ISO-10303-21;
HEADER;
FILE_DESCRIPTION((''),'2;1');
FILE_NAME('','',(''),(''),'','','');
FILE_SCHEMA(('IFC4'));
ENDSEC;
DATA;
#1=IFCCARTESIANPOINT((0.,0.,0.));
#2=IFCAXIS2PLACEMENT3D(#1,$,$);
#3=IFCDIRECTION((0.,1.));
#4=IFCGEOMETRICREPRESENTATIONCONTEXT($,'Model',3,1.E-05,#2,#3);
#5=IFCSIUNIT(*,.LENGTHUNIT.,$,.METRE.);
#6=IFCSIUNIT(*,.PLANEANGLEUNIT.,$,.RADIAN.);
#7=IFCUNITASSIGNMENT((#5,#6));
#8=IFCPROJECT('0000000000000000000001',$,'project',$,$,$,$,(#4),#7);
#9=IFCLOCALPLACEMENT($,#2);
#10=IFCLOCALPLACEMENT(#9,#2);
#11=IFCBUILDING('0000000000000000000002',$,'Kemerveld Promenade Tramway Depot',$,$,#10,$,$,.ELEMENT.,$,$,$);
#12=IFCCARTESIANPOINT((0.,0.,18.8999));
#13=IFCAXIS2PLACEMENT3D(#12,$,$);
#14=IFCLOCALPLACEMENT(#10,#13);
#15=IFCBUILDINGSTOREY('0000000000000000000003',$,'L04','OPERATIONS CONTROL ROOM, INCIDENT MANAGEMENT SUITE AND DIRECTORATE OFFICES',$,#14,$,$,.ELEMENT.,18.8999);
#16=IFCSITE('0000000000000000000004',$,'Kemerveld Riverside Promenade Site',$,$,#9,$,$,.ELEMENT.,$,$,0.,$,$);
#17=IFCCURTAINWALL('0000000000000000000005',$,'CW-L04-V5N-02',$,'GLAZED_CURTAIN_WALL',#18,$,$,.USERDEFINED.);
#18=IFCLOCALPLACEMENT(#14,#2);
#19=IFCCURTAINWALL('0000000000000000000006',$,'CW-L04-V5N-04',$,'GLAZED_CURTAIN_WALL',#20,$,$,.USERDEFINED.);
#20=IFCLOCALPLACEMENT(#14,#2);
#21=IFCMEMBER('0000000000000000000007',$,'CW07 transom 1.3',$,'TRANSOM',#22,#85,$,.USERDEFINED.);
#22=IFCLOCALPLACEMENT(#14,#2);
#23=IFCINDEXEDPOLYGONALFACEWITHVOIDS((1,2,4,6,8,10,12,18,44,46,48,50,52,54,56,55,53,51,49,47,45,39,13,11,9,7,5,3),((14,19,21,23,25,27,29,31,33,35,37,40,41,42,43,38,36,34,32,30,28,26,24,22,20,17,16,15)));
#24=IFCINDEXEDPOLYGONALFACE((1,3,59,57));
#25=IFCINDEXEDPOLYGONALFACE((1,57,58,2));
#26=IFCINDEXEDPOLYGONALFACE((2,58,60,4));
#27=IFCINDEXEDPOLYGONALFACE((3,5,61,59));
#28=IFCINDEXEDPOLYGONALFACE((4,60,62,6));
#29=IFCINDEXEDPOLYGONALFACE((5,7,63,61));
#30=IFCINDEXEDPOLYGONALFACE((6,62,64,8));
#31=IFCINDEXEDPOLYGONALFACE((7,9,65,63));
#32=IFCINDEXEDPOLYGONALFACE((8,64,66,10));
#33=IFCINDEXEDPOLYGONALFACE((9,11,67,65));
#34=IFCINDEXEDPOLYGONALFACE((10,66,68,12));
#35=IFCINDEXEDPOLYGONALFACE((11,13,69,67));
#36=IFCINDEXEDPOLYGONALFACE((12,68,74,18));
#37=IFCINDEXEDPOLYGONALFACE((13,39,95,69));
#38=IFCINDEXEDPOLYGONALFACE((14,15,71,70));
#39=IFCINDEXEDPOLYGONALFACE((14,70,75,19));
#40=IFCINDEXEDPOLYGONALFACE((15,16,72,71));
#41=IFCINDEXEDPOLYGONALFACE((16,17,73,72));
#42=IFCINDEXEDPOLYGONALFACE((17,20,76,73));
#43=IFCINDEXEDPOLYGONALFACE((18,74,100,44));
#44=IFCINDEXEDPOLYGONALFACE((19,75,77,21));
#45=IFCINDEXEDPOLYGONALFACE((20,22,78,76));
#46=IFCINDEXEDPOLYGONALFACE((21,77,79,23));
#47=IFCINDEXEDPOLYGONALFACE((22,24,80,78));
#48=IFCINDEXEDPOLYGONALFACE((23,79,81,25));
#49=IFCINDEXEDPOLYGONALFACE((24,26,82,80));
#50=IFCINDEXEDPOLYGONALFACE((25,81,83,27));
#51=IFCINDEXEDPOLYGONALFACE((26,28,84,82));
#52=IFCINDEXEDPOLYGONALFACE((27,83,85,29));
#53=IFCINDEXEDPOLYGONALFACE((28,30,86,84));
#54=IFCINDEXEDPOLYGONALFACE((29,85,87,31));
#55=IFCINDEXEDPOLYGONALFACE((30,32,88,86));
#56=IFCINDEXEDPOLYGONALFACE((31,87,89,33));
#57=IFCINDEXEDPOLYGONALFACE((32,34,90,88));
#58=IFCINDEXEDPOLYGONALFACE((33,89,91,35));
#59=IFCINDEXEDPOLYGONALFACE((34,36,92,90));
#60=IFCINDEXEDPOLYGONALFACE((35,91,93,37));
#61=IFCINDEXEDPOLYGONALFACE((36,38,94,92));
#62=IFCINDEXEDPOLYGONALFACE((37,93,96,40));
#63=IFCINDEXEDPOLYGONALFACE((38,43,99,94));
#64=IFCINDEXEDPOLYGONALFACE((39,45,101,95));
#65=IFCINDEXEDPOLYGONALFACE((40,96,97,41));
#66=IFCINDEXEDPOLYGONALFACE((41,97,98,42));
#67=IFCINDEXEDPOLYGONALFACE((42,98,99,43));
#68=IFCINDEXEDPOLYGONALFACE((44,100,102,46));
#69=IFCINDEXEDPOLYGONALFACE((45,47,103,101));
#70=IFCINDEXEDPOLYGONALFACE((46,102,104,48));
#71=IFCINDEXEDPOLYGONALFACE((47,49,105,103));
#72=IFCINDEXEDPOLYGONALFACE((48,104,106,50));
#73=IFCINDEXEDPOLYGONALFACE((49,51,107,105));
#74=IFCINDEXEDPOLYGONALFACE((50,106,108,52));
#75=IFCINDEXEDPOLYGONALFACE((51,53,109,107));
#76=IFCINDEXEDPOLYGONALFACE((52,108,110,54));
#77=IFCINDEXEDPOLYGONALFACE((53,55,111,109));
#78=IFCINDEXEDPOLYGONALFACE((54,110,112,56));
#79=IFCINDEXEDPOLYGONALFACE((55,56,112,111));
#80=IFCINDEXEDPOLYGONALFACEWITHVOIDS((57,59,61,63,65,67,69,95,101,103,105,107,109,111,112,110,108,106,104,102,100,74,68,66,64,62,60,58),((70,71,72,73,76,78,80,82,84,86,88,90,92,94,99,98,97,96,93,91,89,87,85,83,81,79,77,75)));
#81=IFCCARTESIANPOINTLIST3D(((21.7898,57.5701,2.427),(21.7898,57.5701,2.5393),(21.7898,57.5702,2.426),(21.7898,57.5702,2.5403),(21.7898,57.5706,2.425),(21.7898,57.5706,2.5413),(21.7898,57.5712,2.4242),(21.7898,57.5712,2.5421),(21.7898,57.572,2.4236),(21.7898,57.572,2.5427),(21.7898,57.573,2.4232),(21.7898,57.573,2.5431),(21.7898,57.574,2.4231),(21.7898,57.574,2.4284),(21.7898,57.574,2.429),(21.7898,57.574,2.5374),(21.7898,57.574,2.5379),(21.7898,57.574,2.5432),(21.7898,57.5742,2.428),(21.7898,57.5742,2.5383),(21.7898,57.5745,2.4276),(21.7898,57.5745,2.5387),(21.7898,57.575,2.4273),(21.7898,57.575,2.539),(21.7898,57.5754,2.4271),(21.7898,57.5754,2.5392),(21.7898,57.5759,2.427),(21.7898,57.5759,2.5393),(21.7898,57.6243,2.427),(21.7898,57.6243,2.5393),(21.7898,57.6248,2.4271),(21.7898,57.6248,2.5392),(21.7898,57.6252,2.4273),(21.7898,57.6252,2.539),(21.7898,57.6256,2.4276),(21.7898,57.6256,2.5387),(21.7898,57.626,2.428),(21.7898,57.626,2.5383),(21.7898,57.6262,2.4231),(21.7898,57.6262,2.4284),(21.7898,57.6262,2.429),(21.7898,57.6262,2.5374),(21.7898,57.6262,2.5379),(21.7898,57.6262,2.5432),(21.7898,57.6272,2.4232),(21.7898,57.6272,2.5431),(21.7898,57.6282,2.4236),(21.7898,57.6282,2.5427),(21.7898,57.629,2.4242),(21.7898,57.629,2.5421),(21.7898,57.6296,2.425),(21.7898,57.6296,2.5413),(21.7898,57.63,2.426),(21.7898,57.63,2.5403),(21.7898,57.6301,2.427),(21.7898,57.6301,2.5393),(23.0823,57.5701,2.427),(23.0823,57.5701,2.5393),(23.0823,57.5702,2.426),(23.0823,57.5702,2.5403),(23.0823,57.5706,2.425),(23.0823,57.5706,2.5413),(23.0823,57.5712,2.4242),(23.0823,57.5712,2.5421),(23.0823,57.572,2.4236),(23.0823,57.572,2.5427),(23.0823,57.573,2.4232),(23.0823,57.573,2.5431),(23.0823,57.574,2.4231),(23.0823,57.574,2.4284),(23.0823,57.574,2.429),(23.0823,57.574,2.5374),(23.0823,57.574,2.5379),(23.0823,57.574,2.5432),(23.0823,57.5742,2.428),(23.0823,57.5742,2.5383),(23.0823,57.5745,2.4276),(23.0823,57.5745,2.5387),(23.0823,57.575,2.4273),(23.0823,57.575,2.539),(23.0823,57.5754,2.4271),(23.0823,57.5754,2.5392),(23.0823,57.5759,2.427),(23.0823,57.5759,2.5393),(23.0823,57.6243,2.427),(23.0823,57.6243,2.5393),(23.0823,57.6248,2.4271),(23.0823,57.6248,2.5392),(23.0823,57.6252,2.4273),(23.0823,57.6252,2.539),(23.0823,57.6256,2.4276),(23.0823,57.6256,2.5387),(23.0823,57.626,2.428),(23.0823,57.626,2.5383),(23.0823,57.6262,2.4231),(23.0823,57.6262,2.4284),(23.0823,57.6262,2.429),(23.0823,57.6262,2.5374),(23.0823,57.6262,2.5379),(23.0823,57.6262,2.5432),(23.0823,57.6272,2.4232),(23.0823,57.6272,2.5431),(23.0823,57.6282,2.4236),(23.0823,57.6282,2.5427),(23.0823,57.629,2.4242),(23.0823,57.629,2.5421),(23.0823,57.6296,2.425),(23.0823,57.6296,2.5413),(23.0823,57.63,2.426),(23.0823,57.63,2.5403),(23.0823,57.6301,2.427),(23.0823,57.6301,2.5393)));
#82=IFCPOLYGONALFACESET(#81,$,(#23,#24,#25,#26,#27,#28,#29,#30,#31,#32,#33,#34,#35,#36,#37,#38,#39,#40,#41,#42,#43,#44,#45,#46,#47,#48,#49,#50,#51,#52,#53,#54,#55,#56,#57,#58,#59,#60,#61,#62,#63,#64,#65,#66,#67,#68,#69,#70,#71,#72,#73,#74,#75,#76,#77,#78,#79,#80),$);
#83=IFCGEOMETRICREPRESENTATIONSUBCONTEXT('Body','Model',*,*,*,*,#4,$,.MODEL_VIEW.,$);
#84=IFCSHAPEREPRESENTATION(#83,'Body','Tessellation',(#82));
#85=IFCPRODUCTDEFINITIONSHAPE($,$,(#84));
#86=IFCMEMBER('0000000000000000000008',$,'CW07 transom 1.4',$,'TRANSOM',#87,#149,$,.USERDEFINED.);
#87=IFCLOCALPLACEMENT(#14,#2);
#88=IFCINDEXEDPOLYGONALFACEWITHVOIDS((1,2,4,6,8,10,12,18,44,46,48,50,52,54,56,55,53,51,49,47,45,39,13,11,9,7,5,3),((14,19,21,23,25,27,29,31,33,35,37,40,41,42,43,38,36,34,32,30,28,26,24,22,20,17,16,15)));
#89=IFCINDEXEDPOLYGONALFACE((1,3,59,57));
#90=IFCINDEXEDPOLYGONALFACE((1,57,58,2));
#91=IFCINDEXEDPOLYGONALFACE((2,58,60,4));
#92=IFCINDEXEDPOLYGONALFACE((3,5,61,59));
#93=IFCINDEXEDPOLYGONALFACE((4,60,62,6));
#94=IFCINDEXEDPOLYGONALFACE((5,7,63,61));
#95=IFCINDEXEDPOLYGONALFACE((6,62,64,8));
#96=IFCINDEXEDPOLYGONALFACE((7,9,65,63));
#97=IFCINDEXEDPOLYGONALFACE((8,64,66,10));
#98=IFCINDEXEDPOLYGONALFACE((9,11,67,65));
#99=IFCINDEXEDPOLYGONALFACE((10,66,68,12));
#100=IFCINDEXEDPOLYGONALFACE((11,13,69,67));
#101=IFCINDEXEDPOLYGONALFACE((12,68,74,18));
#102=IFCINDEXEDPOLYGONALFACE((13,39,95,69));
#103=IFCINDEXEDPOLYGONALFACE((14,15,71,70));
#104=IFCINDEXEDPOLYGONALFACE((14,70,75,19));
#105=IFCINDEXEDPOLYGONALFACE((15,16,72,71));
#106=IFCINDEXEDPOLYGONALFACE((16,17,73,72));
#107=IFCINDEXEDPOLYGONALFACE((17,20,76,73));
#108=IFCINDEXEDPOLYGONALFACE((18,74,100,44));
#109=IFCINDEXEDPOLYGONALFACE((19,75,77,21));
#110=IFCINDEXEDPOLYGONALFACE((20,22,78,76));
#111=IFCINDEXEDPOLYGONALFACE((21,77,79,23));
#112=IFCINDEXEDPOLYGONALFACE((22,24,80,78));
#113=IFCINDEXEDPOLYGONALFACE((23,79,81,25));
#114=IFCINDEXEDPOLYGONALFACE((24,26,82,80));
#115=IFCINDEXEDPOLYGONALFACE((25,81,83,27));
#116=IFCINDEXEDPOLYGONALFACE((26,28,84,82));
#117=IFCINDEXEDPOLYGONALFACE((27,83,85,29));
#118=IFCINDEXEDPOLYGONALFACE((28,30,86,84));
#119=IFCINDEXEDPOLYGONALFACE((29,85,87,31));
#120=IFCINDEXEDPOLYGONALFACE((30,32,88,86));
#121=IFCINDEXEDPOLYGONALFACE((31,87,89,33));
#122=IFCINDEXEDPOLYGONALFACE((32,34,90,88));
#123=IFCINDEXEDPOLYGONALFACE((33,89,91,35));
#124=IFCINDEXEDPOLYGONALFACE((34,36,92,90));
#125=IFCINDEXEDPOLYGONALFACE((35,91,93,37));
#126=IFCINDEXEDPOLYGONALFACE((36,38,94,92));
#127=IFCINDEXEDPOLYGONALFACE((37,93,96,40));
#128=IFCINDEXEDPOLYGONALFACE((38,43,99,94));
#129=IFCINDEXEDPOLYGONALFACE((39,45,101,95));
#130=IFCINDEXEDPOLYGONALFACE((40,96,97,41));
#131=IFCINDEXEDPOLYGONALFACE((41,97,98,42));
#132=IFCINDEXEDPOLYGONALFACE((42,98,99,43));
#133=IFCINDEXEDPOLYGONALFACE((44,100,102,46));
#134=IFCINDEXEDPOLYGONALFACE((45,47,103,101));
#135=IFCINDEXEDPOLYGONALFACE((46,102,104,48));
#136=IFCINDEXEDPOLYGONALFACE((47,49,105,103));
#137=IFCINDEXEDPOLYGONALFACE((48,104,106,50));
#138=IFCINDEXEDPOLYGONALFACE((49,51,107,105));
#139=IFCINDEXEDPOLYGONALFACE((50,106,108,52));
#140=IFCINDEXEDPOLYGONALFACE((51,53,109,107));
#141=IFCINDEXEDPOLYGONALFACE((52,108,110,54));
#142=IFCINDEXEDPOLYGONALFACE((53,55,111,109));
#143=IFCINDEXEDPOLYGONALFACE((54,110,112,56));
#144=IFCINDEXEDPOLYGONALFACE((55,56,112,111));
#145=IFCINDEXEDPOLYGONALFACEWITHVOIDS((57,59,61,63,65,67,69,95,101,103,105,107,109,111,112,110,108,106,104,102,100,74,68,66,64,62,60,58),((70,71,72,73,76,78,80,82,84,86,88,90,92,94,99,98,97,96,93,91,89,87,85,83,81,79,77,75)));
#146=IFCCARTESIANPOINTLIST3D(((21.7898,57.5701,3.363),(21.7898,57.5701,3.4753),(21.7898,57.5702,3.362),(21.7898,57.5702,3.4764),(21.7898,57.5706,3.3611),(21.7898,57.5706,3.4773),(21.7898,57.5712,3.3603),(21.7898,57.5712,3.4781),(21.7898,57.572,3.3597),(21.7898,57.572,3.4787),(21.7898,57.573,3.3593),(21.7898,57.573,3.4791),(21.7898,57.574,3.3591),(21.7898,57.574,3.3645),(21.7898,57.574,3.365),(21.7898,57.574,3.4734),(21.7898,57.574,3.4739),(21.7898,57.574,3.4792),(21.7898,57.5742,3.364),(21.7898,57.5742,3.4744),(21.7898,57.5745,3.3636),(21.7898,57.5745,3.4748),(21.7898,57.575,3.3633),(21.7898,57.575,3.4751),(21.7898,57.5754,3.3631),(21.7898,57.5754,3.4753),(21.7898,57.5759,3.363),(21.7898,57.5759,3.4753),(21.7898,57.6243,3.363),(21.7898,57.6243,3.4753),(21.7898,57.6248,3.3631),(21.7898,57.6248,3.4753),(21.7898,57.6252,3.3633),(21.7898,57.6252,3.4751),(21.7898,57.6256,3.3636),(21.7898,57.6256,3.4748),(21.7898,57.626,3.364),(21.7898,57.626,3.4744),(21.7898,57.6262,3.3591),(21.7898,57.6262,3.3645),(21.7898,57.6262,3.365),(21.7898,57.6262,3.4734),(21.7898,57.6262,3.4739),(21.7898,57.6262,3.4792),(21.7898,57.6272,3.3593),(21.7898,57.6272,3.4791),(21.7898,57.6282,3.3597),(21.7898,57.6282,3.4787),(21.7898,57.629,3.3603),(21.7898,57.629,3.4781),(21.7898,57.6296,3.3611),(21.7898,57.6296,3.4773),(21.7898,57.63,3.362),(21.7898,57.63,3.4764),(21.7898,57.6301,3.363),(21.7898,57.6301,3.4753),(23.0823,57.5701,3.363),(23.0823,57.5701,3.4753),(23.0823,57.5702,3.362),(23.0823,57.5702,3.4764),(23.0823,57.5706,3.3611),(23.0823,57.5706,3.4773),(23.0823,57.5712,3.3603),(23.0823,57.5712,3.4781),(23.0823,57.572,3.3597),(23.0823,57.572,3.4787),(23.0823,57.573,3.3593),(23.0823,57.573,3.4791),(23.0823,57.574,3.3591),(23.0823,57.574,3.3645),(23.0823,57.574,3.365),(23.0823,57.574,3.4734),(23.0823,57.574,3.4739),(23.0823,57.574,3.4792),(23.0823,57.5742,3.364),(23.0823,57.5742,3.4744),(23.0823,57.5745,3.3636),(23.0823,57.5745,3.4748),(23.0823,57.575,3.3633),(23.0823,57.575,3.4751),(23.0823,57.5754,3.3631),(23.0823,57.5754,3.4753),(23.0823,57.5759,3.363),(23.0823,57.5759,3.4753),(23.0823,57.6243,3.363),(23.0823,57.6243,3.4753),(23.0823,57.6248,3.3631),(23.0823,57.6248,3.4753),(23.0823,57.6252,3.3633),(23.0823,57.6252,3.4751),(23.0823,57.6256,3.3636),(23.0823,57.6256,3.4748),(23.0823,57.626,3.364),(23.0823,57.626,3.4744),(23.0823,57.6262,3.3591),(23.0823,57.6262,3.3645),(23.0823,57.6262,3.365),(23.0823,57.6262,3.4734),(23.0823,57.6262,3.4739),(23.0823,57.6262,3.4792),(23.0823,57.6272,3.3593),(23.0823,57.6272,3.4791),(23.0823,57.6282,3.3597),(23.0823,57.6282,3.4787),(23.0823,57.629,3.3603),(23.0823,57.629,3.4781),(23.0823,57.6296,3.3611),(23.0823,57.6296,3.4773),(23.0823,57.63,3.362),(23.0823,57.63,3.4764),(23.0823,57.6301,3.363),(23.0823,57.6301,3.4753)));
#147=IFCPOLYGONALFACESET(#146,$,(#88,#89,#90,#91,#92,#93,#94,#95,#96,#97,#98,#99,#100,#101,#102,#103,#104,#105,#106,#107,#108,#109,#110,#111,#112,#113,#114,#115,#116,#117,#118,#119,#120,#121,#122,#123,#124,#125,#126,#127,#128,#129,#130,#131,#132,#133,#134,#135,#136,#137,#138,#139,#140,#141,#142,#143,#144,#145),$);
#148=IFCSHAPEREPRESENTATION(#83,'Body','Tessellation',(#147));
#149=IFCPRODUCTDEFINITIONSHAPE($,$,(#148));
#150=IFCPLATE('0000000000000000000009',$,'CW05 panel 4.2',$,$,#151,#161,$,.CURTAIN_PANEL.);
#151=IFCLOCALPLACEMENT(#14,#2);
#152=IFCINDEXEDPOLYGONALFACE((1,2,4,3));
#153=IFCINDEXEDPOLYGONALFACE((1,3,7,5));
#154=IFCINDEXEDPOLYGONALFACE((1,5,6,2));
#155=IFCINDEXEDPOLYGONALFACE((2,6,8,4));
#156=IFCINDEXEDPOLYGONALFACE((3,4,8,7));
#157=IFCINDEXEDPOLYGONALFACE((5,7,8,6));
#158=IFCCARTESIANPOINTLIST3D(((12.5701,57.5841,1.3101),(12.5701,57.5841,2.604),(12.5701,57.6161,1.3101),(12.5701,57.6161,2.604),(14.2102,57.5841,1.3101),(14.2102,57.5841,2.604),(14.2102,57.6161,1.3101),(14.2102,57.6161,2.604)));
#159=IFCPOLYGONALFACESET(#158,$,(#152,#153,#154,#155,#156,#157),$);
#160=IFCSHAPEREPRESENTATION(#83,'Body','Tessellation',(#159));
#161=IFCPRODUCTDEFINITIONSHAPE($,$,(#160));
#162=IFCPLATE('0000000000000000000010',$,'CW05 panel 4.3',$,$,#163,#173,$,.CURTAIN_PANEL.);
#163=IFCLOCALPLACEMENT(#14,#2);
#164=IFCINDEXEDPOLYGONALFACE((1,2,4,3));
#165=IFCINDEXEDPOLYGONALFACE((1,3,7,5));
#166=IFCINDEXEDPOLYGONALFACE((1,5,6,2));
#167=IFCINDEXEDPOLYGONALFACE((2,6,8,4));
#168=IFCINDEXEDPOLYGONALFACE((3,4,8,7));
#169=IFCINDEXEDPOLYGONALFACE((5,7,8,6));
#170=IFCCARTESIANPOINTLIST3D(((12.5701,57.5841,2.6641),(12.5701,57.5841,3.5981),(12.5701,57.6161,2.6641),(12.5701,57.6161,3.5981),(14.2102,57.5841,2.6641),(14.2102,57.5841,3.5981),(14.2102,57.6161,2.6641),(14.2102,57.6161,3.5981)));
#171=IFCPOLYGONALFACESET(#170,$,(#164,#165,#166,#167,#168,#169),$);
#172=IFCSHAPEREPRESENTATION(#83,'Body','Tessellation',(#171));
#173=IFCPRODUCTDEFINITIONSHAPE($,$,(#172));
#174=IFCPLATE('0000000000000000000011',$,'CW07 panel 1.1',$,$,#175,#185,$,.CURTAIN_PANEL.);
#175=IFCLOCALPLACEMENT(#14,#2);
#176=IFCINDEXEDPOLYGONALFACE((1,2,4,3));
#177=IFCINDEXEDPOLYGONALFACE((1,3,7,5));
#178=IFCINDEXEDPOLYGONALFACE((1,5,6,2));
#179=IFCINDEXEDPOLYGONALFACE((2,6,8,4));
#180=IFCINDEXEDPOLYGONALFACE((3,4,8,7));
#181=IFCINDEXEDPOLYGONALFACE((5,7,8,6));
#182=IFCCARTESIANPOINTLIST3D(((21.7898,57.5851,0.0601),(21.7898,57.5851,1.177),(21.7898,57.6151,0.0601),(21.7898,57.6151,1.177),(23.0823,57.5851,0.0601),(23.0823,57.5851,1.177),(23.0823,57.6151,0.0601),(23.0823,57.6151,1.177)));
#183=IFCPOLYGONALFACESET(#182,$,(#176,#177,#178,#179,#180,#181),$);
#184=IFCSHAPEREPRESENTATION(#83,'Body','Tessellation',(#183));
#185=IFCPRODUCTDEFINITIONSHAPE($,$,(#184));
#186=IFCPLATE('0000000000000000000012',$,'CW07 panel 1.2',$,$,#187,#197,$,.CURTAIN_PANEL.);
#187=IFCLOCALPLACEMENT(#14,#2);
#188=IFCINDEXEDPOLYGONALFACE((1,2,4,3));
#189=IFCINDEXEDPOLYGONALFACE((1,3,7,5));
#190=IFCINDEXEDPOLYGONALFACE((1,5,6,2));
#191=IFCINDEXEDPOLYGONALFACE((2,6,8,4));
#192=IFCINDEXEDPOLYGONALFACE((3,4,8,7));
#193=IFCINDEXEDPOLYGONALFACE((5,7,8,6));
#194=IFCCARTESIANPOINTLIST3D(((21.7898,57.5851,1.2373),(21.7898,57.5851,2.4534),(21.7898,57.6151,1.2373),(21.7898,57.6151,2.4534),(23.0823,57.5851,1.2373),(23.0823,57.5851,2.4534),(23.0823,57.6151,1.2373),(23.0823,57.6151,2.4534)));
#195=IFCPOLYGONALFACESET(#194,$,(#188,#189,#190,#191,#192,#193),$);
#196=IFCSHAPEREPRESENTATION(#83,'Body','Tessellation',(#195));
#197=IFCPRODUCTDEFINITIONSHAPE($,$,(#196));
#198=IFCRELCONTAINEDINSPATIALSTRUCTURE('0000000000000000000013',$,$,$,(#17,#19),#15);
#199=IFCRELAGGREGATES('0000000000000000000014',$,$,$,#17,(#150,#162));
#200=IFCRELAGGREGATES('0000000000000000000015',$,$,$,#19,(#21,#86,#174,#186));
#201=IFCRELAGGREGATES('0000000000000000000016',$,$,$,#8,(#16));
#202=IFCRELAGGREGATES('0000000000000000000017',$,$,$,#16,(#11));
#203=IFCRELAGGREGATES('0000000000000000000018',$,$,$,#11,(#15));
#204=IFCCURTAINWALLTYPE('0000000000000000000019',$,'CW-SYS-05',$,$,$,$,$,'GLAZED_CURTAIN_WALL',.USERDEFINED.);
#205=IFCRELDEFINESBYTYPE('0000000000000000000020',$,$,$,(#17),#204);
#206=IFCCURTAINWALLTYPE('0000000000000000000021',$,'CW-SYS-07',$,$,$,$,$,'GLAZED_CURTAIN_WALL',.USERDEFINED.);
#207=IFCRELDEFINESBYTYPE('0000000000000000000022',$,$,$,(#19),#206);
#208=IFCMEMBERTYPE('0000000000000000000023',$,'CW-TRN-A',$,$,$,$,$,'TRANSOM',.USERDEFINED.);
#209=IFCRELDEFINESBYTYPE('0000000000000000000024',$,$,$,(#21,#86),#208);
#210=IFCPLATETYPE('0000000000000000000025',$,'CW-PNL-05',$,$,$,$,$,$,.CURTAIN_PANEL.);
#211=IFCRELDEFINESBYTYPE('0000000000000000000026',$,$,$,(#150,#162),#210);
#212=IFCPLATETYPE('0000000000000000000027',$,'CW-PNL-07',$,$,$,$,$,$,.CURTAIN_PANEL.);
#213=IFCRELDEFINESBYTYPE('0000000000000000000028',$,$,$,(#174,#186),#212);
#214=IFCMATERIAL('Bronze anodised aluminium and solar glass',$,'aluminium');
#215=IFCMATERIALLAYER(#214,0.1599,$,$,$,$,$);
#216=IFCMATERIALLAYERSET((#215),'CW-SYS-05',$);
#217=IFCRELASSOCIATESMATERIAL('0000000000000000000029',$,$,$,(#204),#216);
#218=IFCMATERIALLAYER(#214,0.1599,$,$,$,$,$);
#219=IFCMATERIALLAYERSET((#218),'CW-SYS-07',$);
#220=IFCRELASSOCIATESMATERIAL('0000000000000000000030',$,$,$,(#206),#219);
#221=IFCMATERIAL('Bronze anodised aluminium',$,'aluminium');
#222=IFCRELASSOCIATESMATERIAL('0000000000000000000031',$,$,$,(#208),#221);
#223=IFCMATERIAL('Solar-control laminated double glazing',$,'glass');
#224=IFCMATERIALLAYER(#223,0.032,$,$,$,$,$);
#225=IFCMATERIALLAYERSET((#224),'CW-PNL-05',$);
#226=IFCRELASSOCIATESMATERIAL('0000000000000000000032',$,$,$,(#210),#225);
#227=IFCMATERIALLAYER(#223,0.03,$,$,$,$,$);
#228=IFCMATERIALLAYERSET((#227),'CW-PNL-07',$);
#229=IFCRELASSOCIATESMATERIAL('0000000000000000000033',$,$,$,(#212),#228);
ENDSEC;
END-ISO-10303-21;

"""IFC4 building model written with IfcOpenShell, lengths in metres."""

from ifc_helpers import new_model, si_unit, direction, frame, origin, origin_2d, place, context, subcontext, project, spatial, rectangle, hollow_rectangle, extrude, material, layer, layer_set, material_profile, profile_set, type_object, element, aggregate, save


model = new_model("IFC4")

# Units and contexts
model_context = context("Model", 3, precision=1e-05, world=origin(), true_north=direction((0.0, 1.0)))
body_context = subcontext(model_context, "Body", "Model", "MODEL_VIEW")
ifc_project = project(units=[si_unit("LENGTHUNIT", "METRE"), si_unit("PLANEANGLEUNIT", "RADIAN")], contexts=[model_context])

# Site, building, storey
site_placement = place(None, origin())
site = spatial("IfcSite", under=ifc_project, at=site_placement, Name="Kemerveld Riverside Promenade Site", CompositionType="ELEMENT", RefElevation=0.0)
building_placement = place(site_placement, origin())
building = spatial("IfcBuilding", under=site, at=building_placement, Name="Kemerveld Promenade Tramway Depot", CompositionType="ELEMENT")
storey_placement = place(building_placement, frame((0.0, 0.0, 18.8999)))
storey = spatial("IfcBuildingStorey", under=building, at=storey_placement, Name="L04", Description="OPERATIONS CONTROL ROOM, INCIDENT MANAGEMENT SUITE AND DIRECTORATE OFFICES", CompositionType="ELEMENT", Elevation=18.8999)

# Curtain wall
ifc_material_1 = material(Name="Bronze anodised aluminium and solar glass", Category="aluminium")
ifc_layer_1 = layer(ifc_material_1, 0.1599)
ifc_layer_set_1 = layer_set([ifc_layer_1], Name="CW-SYS-05")
curtain_wall_type_1 = type_object("IfcCurtainWallType", Name="CW-SYS-05", ElementType="GLAZED_CURTAIN_WALL", PredefinedType="USERDEFINED", material=ifc_layer_set_1)
curtain_wall_1_placement = place(storey_placement, origin())
curtain_wall_1 = element("IfcCurtainWall", 1, at=curtain_wall_1_placement, inside=storey, type_object=curtain_wall_type_1, Name="CW-L04-V5N-02", ObjectType="GLAZED_CURTAIN_WALL", PredefinedType="USERDEFINED")
ifc_material_2 = material(Name="Bronze anodised aluminium", Category="aluminium")

# Curtain wall, members
ifc_layer_2 = layer(ifc_material_1, 0.1599)
ifc_layer_set_2 = layer_set([ifc_layer_2], Name="CW-SYS-07")
curtain_wall_type_2 = type_object("IfcCurtainWallType", Name="CW-SYS-07", ElementType="GLAZED_CURTAIN_WALL", PredefinedType="USERDEFINED", material=ifc_layer_set_2)
curtain_wall_2_placement = place(storey_placement, origin())
curtain_wall_2 = element("IfcCurtainWall", 2, at=curtain_wall_2_placement, inside=storey, type_object=curtain_wall_type_2, Name="CW-L04-V5N-04", ObjectType="GLAZED_CURTAIN_WALL", PredefinedType="USERDEFINED")
ifc_material_profile_1 = material_profile(ifc_material_2, hollow_rectangle(XDim=0.0601, YDim=0.1201, WallThickness=0.0039, InnerFilletRadius=0.002, OuterFilletRadius=0.0039, at=origin_2d()), Name="CW-TRN-120x60")
ifc_profile_set_1 = profile_set([ifc_material_profile_1], Name="Bronze anodised aluminium")
member_type_1 = type_object("IfcMemberType", Name="CW-TRN-A", ElementType="TRANSOM", PredefinedType="USERDEFINED", material=ifc_profile_set_1)
member_1_placement = place(storey_placement, frame((21.7898, 57.6001, 2.4832), z_axis=(1.0, 0.0, 0.0), x_axis=(0.0, 1.0, 0.0)))
member_1 = element("IfcMember", 3, at=member_1_placement, type_object=member_type_1, Name="CW07 transom 1.3", ObjectType="TRANSOM", PredefinedType="USERDEFINED", context=body_context, shape_type="SweptSolid", body=[
    extrude(hollow_rectangle(XDim=0.0601, YDim=0.1201, WallThickness=0.0039, InnerFilletRadius=0.002, OuterFilletRadius=0.0039, at=origin_2d()), origin(), (0.0, 0.0, 1.0), 1.2925),
])
member_2_placement = place(storey_placement, frame((21.7898, 57.6001, 3.4192), z_axis=(1.0, 0.0, 0.0), x_axis=(0.0, 1.0, 0.0)))
member_2 = element("IfcMember", 4, at=member_2_placement, type_object=member_type_1, Name="CW07 transom 1.4", ObjectType="TRANSOM", PredefinedType="USERDEFINED", context=body_context, shape_type="SweptSolid", body=[
    extrude(hollow_rectangle(XDim=0.0601, YDim=0.1201, WallThickness=0.0039, InnerFilletRadius=0.002, OuterFilletRadius=0.0039, at=origin_2d()), origin(), (0.0, 0.0, 1.0), 1.2925),
])

# Plates
ifc_material_3 = material(Name="Solar-control laminated double glazing", Category="glass")
ifc_layer_3 = layer(ifc_material_3, 0.032)
ifc_layer_set_3 = layer_set([ifc_layer_3], Name="CW-PNL-05")
plate_type_1 = type_object("IfcPlateType", Name="CW-PNL-05", PredefinedType="CURTAIN_PANEL", material=ifc_layer_set_3)
plate_1_placement = place(storey_placement, frame((13.3901, 57.6001, 1.3101), z_axis=(0.0, 0.0, 1.0), x_axis=(1.0, 0.0, 0.0)))
plate_1 = element("IfcPlate", 5, at=plate_1_placement, type_object=plate_type_1, Name="CW05 panel 4.2", PredefinedType="CURTAIN_PANEL", context=body_context, shape_type="SweptSolid", body=[
    extrude(rectangle(XDim=1.6401, YDim=0.032, at=origin_2d()), origin(), (0.0, 0.0, 1.0), 1.2939),
])
plate_2_placement = place(storey_placement, frame((13.3901, 57.6001, 2.6641), z_axis=(0.0, 0.0, 1.0), x_axis=(1.0, 0.0, 0.0)))
plate_2 = element("IfcPlate", 6, at=plate_2_placement, type_object=plate_type_1, Name="CW05 panel 4.3", PredefinedType="CURTAIN_PANEL", context=body_context, shape_type="SweptSolid", body=[
    extrude(rectangle(XDim=1.6401, YDim=0.032, at=origin_2d()), origin(), (0.0, 0.0, 1.0), 0.9341),
])
aggregate(curtain_wall_1, [plate_1, plate_2])
ifc_layer_4 = layer(ifc_material_3, 0.03)
ifc_layer_set_4 = layer_set([ifc_layer_4], Name="CW-PNL-07")
plate_type_2 = type_object("IfcPlateType", Name="CW-PNL-07", PredefinedType="CURTAIN_PANEL", material=ifc_layer_set_4)
plate_3_placement = place(storey_placement, frame((22.436, 57.6001, 0.0601), z_axis=(0.0, 0.0, 1.0), x_axis=(1.0, 0.0, 0.0)))
plate_3 = element("IfcPlate", 7, at=plate_3_placement, type_object=plate_type_2, Name="CW07 panel 1.1", PredefinedType="CURTAIN_PANEL", context=body_context, shape_type="SweptSolid", body=[
    extrude(rectangle(XDim=1.2925, YDim=0.03, at=origin_2d()), origin(), (0.0, 0.0, 1.0), 1.1169),
])
plate_4_placement = place(storey_placement, frame((22.436, 57.6001, 1.2373), z_axis=(0.0, 0.0, 1.0), x_axis=(1.0, 0.0, 0.0)))
plate_4 = element("IfcPlate", 8, at=plate_4_placement, type_object=plate_type_2, Name="CW07 panel 1.2", PredefinedType="CURTAIN_PANEL", context=body_context, shape_type="SweptSolid", body=[
    extrude(rectangle(XDim=1.2925, YDim=0.03, at=origin_2d()), origin(), (0.0, 0.0, 1.0), 1.2161),
])
aggregate(curtain_wall_2, [member_1, member_2, plate_3, plate_4])

save(model, "model.ifc")
